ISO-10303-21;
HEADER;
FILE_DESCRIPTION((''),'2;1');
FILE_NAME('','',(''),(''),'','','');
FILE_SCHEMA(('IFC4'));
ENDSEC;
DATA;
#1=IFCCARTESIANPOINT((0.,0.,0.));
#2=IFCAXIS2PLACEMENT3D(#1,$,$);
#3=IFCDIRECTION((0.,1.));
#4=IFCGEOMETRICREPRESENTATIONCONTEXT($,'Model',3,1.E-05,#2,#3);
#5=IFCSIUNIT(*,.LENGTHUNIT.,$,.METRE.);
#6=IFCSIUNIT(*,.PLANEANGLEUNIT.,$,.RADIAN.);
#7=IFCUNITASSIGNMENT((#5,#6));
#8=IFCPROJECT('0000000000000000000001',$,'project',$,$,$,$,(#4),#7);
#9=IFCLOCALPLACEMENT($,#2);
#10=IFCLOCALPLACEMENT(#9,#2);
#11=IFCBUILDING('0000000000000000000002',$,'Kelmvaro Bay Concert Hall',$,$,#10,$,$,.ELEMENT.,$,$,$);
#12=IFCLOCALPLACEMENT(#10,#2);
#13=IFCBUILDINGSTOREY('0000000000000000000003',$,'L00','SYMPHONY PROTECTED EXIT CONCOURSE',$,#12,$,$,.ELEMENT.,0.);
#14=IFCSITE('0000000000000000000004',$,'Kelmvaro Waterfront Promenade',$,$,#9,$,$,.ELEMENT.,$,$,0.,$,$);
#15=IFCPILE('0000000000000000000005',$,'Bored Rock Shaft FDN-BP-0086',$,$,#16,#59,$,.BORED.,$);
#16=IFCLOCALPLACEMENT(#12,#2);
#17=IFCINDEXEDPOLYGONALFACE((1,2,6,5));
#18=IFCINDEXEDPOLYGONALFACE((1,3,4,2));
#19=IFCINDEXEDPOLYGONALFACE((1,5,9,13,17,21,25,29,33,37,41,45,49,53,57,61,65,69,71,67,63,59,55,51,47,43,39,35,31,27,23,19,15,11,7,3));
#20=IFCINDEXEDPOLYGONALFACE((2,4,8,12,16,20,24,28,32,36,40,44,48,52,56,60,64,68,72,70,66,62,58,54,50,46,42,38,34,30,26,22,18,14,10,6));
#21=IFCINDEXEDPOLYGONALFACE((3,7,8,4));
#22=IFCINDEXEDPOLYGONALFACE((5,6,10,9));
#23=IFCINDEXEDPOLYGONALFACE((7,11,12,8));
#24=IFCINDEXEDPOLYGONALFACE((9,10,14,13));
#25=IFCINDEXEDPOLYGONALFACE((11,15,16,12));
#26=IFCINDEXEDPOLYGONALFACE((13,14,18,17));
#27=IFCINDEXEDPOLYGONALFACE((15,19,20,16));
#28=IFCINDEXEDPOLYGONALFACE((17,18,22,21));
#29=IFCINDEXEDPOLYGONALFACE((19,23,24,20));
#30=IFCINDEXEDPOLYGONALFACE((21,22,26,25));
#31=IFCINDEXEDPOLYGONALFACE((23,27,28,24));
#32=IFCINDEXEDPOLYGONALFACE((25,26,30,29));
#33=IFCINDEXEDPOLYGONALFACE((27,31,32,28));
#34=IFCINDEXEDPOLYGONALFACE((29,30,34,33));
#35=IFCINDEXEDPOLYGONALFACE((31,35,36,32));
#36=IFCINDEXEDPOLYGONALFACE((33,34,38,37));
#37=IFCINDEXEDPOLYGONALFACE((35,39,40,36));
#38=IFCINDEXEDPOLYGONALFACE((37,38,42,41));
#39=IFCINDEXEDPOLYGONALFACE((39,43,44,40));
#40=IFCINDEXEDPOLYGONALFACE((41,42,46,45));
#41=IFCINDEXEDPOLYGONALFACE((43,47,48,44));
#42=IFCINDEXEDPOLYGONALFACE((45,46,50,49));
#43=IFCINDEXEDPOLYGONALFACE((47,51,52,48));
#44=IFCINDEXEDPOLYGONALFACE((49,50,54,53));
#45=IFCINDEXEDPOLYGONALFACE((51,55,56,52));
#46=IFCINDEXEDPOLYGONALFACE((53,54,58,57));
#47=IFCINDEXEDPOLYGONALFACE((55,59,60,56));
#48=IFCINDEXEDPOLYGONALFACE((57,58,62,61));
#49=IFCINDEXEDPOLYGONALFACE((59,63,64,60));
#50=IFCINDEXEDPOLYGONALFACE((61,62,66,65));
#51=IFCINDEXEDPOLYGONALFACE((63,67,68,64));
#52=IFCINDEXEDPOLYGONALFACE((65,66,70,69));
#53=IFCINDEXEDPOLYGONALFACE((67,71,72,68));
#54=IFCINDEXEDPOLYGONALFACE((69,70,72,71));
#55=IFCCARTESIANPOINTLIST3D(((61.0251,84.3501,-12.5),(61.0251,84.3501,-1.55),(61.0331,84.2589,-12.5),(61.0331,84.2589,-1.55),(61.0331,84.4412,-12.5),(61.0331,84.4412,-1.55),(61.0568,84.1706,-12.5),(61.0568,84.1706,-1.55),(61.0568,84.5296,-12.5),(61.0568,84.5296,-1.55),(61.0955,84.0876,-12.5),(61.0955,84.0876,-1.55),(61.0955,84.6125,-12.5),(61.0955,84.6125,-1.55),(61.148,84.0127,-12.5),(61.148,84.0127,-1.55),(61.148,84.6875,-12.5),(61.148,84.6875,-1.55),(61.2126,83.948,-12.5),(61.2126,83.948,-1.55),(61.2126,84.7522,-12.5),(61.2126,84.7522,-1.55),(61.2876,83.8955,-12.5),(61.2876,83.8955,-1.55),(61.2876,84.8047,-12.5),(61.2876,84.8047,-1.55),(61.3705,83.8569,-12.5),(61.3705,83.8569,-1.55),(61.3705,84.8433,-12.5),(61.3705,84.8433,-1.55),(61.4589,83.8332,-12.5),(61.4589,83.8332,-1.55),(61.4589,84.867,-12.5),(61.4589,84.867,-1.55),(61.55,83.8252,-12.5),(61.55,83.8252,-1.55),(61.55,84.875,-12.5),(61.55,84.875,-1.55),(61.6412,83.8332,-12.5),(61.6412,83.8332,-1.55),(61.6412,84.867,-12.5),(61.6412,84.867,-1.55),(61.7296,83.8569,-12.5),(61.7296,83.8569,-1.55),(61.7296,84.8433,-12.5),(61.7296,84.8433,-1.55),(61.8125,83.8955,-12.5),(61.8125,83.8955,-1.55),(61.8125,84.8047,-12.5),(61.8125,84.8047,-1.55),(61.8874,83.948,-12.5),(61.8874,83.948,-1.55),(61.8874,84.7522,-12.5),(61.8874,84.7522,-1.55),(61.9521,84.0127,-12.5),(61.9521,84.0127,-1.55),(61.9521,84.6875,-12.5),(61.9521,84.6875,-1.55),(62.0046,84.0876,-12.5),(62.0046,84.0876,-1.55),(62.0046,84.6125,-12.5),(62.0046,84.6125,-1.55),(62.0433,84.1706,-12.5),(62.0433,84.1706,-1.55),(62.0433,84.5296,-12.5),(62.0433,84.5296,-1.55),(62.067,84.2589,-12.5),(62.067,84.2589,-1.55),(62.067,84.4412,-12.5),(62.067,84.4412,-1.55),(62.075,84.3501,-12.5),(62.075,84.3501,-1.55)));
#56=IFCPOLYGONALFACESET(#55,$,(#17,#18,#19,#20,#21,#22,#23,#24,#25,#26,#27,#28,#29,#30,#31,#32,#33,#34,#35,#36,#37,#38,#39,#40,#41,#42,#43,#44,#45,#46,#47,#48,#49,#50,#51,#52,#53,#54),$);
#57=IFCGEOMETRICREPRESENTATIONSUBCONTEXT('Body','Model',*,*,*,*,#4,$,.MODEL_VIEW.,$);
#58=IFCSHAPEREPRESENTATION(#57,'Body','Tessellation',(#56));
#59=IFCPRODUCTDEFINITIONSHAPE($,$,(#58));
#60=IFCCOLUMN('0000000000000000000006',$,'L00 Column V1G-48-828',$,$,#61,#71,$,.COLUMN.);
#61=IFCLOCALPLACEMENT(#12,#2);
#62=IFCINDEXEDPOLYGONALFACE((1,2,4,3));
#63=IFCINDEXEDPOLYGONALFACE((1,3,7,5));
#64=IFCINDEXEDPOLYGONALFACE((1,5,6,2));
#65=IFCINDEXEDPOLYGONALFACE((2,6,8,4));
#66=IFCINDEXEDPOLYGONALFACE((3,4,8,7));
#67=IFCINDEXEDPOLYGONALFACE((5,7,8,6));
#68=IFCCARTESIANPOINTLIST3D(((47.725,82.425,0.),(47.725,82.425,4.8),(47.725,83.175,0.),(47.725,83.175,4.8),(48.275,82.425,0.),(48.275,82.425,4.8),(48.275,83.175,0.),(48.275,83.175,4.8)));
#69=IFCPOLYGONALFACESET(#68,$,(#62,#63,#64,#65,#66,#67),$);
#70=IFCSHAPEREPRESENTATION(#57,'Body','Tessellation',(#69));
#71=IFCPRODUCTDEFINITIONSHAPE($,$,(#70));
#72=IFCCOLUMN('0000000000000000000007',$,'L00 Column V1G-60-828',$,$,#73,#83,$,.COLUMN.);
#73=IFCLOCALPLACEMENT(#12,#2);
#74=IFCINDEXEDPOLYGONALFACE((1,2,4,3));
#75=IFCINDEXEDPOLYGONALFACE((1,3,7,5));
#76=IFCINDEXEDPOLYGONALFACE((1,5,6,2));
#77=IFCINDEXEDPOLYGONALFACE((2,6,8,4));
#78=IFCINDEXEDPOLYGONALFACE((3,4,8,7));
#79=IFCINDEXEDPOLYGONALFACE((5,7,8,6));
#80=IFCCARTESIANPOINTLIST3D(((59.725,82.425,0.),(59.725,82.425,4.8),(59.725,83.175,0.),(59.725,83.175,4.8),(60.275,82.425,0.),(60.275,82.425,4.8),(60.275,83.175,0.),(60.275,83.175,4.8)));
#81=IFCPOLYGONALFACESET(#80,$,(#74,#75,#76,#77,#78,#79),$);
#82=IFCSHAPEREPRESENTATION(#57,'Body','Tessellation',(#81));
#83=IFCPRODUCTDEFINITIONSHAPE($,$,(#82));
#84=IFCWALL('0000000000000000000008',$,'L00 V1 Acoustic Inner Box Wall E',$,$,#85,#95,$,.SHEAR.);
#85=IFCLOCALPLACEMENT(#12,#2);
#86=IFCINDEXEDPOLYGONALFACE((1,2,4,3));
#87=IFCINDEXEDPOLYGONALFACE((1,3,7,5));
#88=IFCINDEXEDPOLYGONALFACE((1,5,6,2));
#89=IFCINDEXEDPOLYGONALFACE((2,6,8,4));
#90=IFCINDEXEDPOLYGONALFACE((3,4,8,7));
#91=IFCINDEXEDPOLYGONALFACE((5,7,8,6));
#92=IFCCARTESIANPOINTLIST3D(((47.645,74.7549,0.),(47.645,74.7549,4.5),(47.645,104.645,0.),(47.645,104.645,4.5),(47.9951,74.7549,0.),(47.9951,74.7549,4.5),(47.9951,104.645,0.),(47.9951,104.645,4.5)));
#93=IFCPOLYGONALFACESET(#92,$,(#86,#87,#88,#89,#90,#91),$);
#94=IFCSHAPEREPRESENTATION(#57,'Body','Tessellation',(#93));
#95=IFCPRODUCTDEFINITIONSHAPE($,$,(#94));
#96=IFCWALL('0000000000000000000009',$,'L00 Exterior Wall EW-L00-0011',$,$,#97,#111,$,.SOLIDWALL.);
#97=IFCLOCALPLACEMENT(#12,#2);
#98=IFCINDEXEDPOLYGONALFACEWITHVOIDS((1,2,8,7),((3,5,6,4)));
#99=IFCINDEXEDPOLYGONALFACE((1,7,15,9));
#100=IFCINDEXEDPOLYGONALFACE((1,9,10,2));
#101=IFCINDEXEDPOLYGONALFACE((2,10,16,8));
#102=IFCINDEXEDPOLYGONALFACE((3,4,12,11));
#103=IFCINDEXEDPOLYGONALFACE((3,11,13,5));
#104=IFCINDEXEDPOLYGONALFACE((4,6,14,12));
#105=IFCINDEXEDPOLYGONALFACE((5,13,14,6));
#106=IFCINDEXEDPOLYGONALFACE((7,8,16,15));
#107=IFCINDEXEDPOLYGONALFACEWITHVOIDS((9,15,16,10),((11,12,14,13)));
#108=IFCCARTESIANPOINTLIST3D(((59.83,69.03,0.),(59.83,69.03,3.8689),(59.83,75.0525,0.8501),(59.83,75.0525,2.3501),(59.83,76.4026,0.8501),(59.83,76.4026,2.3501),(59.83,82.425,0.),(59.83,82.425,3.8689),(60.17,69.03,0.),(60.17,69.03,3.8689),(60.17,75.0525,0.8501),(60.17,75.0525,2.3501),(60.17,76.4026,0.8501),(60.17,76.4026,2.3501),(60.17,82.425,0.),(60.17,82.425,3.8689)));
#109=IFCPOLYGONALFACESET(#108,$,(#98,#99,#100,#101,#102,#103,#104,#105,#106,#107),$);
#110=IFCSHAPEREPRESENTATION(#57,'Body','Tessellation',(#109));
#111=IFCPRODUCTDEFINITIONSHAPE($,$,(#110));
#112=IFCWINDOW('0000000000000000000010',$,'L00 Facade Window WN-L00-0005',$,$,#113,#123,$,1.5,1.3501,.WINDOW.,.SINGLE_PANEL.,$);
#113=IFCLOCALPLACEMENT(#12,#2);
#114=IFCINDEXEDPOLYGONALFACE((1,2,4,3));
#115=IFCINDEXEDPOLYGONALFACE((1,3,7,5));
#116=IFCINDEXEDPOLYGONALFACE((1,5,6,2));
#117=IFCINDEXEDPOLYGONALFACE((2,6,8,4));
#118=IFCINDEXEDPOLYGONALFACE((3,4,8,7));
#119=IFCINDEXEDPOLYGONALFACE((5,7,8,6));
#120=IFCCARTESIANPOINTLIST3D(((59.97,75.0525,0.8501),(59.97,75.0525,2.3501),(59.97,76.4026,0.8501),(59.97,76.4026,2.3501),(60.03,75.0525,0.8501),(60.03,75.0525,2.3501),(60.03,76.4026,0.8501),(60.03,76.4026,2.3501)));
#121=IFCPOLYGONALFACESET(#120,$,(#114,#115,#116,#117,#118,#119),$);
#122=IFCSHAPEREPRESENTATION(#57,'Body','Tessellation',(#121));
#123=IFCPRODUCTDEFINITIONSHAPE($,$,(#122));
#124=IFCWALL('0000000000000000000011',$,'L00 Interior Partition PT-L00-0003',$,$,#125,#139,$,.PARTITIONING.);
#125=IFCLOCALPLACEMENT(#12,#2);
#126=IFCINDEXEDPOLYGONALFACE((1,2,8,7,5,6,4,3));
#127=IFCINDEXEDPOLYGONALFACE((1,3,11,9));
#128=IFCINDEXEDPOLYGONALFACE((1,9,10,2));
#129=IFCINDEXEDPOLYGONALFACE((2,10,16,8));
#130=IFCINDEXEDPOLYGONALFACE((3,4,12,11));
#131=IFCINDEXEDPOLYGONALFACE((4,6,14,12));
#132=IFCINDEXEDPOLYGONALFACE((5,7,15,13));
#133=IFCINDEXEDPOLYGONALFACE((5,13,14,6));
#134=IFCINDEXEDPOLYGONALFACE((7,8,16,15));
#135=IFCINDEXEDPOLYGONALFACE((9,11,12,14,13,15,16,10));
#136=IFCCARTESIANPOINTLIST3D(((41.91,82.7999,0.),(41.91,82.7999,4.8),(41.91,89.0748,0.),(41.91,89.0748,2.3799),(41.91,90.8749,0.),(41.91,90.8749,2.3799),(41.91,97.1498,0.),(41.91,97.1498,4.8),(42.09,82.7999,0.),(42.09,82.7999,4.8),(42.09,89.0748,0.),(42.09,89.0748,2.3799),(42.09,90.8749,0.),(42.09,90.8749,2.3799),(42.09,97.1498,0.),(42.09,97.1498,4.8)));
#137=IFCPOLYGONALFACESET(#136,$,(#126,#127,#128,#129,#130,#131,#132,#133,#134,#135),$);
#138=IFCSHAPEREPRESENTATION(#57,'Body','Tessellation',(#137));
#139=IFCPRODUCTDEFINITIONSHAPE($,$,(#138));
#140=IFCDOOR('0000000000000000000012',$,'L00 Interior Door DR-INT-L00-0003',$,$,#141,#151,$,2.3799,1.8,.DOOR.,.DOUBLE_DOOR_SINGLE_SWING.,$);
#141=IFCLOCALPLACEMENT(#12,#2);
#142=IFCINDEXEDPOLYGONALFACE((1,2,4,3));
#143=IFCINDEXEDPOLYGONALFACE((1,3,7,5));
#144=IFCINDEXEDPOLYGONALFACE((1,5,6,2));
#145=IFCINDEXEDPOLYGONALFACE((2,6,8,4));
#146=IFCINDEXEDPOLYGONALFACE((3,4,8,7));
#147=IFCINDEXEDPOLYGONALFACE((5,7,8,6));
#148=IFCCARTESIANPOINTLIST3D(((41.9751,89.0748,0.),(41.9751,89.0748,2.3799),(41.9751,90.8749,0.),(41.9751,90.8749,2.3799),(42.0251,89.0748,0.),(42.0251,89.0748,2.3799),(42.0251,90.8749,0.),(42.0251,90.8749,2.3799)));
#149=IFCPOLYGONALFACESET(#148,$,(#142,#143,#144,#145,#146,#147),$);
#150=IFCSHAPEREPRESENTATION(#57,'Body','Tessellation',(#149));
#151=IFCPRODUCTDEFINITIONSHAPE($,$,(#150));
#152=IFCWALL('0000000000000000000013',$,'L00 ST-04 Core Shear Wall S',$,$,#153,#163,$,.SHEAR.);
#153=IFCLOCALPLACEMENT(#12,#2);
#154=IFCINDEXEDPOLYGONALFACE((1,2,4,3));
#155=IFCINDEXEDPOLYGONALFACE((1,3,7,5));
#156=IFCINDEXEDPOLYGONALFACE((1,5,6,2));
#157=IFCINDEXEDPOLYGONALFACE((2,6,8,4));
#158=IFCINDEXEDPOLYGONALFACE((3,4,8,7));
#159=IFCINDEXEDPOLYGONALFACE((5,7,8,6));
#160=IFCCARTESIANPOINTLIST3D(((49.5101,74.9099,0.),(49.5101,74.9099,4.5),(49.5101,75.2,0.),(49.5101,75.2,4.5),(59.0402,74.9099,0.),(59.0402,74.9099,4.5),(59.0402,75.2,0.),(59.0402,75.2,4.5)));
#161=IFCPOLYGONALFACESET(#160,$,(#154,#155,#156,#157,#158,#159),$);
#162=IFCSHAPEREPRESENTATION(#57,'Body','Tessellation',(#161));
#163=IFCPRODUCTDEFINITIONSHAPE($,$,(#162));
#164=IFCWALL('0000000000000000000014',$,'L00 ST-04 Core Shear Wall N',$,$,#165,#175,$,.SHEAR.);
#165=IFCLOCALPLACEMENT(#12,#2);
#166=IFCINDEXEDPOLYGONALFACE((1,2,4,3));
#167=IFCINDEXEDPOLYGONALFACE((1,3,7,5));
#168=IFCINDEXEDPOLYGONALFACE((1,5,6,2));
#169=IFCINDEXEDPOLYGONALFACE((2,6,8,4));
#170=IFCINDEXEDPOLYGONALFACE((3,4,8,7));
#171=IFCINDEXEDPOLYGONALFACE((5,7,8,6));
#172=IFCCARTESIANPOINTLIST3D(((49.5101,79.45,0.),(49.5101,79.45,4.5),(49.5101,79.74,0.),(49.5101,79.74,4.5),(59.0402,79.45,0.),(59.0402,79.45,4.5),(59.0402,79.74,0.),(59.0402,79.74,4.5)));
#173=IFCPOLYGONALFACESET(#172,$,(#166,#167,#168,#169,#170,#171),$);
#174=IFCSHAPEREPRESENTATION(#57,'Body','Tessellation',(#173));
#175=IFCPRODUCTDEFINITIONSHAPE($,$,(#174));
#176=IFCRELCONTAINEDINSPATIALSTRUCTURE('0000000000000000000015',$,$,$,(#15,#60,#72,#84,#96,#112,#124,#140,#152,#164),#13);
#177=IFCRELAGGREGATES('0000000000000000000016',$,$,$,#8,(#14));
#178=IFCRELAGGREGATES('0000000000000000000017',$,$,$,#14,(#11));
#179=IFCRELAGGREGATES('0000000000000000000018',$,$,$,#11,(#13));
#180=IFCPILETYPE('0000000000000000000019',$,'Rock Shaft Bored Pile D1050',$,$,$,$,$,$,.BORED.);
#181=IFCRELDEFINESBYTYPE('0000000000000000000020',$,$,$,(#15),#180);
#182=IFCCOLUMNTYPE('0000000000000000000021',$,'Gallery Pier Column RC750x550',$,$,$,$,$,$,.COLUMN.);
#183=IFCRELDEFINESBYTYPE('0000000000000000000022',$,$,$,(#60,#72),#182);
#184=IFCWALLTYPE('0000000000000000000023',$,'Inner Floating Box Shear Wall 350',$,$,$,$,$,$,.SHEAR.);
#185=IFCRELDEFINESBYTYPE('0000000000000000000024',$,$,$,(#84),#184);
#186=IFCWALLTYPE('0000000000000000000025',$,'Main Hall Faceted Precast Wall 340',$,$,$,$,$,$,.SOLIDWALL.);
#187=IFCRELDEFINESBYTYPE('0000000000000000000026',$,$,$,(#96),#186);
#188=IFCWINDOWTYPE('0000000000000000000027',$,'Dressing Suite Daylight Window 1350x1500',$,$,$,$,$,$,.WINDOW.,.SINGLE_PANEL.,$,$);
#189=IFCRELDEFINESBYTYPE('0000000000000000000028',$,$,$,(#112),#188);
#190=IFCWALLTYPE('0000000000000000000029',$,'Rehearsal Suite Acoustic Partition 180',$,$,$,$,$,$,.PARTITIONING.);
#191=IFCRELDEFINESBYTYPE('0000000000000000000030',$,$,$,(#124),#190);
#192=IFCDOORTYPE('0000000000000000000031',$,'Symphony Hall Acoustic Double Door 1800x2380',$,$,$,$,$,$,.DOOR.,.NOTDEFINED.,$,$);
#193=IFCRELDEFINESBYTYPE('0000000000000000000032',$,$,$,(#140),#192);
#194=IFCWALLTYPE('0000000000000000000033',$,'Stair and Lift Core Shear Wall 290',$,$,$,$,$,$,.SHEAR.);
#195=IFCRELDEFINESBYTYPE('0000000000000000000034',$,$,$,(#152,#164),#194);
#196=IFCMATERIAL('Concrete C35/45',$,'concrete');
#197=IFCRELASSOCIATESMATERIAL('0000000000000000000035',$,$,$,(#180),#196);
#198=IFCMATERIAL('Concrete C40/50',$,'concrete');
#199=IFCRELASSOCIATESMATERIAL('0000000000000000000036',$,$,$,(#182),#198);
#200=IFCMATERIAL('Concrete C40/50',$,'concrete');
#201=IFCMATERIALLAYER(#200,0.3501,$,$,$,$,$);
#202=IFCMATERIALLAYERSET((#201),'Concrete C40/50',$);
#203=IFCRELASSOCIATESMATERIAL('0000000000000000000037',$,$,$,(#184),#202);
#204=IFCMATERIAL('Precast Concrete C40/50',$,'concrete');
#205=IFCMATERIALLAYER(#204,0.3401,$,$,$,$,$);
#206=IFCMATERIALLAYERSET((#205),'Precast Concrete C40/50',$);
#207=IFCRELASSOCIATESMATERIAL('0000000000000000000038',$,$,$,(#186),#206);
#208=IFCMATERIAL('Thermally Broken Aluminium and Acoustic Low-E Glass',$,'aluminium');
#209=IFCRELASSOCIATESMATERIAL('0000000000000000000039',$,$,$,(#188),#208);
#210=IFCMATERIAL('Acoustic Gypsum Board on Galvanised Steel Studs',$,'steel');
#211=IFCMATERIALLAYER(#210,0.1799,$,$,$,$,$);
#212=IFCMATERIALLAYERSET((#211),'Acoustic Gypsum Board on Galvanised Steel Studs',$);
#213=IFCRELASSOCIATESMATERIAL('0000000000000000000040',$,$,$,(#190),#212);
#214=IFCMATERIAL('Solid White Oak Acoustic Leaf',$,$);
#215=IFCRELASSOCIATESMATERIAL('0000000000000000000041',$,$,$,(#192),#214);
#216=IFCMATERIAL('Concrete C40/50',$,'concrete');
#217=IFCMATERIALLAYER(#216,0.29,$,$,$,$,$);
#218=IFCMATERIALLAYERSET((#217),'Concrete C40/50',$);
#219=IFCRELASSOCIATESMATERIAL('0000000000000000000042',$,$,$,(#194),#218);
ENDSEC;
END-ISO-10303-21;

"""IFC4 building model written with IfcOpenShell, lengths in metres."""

from ifc_helpers import new_model, si_unit, direction, frame, frame_2d, origin, origin_2d, place, context, subcontext, project, spatial, rectangle, circle, extrude, material, layer, layer_set, material_profile, profile_set, type_object, element, fill, save


model = new_model("IFC4")

# Units and contexts
model_context = context("Model", 3, precision=1e-05, world=origin(), true_north=direction((0.0, 1.0)))
body_context = subcontext(model_context, "Body", "Model", "MODEL_VIEW")
ifc_project = project(units=[si_unit("LENGTHUNIT", "METRE"), si_unit("PLANEANGLEUNIT", "RADIAN")], contexts=[model_context])

# Site, building, storey
site_placement = place(None, origin())
site = spatial("IfcSite", under=ifc_project, at=site_placement, Name="Kelmvaro Waterfront Promenade", CompositionType="ELEMENT", RefElevation=0.0)
building_placement = place(site_placement, origin())
building = spatial("IfcBuilding", under=site, at=building_placement, Name="Kelmvaro Bay Concert Hall", CompositionType="ELEMENT")
storey_placement = place(building_placement, origin())
storey = spatial("IfcBuildingStorey", under=building, at=storey_placement, Name="L00", Description="SYMPHONY PROTECTED EXIT CONCOURSE", CompositionType="ELEMENT", Elevation=0.0)

# Pile
ifc_material_1 = material(Name="Concrete C35/45", Category="concrete")
ifc_material_profile_1 = material_profile(ifc_material_1, circle(Radius=0.5249, at=origin_2d()), Name="PILE-BORED-1050")
ifc_profile_set_1 = profile_set([ifc_material_profile_1], Name="Concrete C35/45")
pile_type = type_object("IfcPileType", Name="Rock Shaft Bored Pile D1050", PredefinedType="BORED", material=ifc_profile_set_1)
for number, where, z_axis, x_axis, name in (
    (1, (61.55, 84.3501, -1.55), (0.0, 0.0, -1.0), (1.0, 0.0, 0.0), "Bored Rock Shaft FDN-BP-0086"),
):
    element("IfcPile", number, at=place(storey_placement, frame(where, z_axis=z_axis, x_axis=x_axis)), inside=storey, type_object=pile_type, Name=name, PredefinedType="BORED", context=body_context, shape_type="SweptSolid", body=[
        extrude(circle(Radius=0.5249, at=origin_2d()), origin(), (0.0, 0.0, 1.0), 10.95),
    ])

# Columns
ifc_material_2 = material(Name="Concrete C40/50", Category="concrete")
ifc_material_profile_2 = material_profile(ifc_material_2, rectangle(XDim=0.55, YDim=0.75, at=origin_2d()), Name="RC-COL-750X550")
ifc_profile_set_2 = profile_set([ifc_material_profile_2], Name="Concrete C40/50")
column_type = type_object("IfcColumnType", Name="Gallery Pier Column RC750x550", PredefinedType="COLUMN", material=ifc_profile_set_2)
for number, where, z_axis, x_axis, name in (
    (2, (48.0, 82.8, 0.0), (0.0, 0.0, 1.0), (1.0, 0.0, 0.0), "L00 Column V1G-48-828"),
    (3, (60.0, 82.8, 0.0), (0.0, 0.0, 1.0), (1.0, 0.0, 0.0), "L00 Column V1G-60-828"),
):
    element("IfcColumn", number, at=place(storey_placement, frame(where, z_axis=z_axis, x_axis=x_axis)), inside=storey, type_object=column_type, Name=name, PredefinedType="COLUMN", context=body_context, shape_type="SweptSolid", body=[
        extrude(rectangle(XDim=0.55, YDim=0.75, at=origin_2d()), origin(), (0.0, 0.0, 1.0), 4.8),
    ])

# Wall
ifc_material_3 = material(Name="Concrete C40/50", Category="concrete")
ifc_layer_1 = layer(ifc_material_3, 0.3501)
ifc_layer_set_1 = layer_set([ifc_layer_1], Name="Concrete C40/50")
wall_type_1 = type_object("IfcWallType", Name="Inner Floating Box Shear Wall 350", PredefinedType="SHEAR", material=ifc_layer_set_1)
wall_1_placement = place(storey_placement, frame((47.8201, 74.7549, 0.0), z_axis=(0.0, 0.0, 1.0), x_axis=(0.0, 1.0, 0.0)))
element("IfcWall", 4, at=wall_1_placement, inside=storey, type_object=wall_type_1, Name="L00 V1 Acoustic Inner Box Wall E", PredefinedType="SHEAR", context=body_context, shape_type="SweptSolid", body=[
    extrude(rectangle(XDim=29.8901, YDim=0.3501, at=frame_2d((14.9451, 0.0))), origin(), (0.0, 0.0, 1.0), 4.5),
])

# Wall, opening, window
ifc_material_4 = material(Name="Precast Concrete C40/50", Category="concrete")
ifc_layer_2 = layer(ifc_material_4, 0.3401)
ifc_layer_set_2 = layer_set([ifc_layer_2], Name="Precast Concrete C40/50")
wall_type_2 = type_object("IfcWallType", Name="Main Hall Faceted Precast Wall 340", PredefinedType="SOLIDWALL", material=ifc_layer_set_2)
wall_2_placement = place(storey_placement, frame((60.0, 82.425, 0.0), z_axis=(0.0, 0.0, 1.0), x_axis=(0.0, -1.0, 0.0)))
wall_2 = element("IfcWall", 5, at=wall_2_placement, inside=storey, type_object=wall_type_2, Name="L00 Exterior Wall EW-L00-0011", PredefinedType="SOLIDWALL", context=body_context, shape_type="SweptSolid", body=[
    extrude(rectangle(XDim=13.395, YDim=0.3401, at=frame_2d((6.6975, 0.0))), origin(), (0.0, 0.0, 1.0), 3.8689),
])
opening_1_placement = place(wall_2_placement, frame((6.0225, 0.0, 0.8501)))
opening_1 = element("IfcOpeningElement", 6, at=opening_1_placement, cuts=wall_2, PredefinedType="OPENING", context=body_context, shape_type="SweptSolid", body=[
    extrude(rectangle(XDim=1.3501, YDim=1.5, at=frame_2d((0.675, 0.75))), frame((0.0, 0.1799, 0.0), z_axis=(0.0, -1.0, 0.0), x_axis=(1.0, 0.0, 0.0)), (0.0, 0.0, 1.0), 0.3601),
])
ifc_material_5 = material(Name="Thermally Broken Aluminium and Acoustic Low-E Glass", Category="aluminium")
window_type = type_object("IfcWindowType", Name="Dressing Suite Daylight Window 1350x1500", PartitioningType="SINGLE_PANEL", PredefinedType="WINDOW", material=ifc_material_5)
window_placement = place(opening_1_placement, origin())
window = element("IfcWindow", 7, at=window_placement, inside=storey, type_object=window_type, Name="L00 Facade Window WN-L00-0005", OverallHeight=1.5, OverallWidth=1.3501, PartitioningType="SINGLE_PANEL", PredefinedType="WINDOW", context=body_context, shape_type="SweptSolid", body=[
    extrude(rectangle(XDim=1.3501, YDim=1.5, at=frame_2d((0.675, 0.75))), frame((0.0, 0.03, 0.0), z_axis=(0.0, -1.0, 0.0), x_axis=(1.0, 0.0, 0.0)), (0.0, 0.0, 1.0), 0.0601),
])
fill(opening_1, window)

# Wall, opening, door
ifc_material_6 = material(Name="Acoustic Gypsum Board on Galvanised Steel Studs", Category="steel")
ifc_layer_3 = layer(ifc_material_6, 0.1799)
ifc_layer_set_3 = layer_set([ifc_layer_3], Name="Acoustic Gypsum Board on Galvanised Steel Studs")
wall_type_3 = type_object("IfcWallType", Name="Rehearsal Suite Acoustic Partition 180", PredefinedType="PARTITIONING", material=ifc_layer_set_3)
wall_3_placement = place(storey_placement, frame((42.0, 82.8, 0.0), z_axis=(0.0, 0.0, 1.0), x_axis=(0.0, 1.0, 0.0)))
wall_3 = element("IfcWall", 8, at=wall_3_placement, inside=storey, type_object=wall_type_3, Name="L00 Interior Partition PT-L00-0003", PredefinedType="PARTITIONING", context=body_context, shape_type="SweptSolid", body=[
    extrude(rectangle(XDim=14.3499, YDim=0.1799, at=frame_2d((7.1748, 0.0))), origin(), (0.0, 0.0, 1.0), 4.8),
])
opening_2_placement = place(wall_3_placement, frame((6.2749, 0.0, 0.0)))
opening_2 = element("IfcOpeningElement", 9, at=opening_2_placement, cuts=wall_3, PredefinedType="OPENING", context=body_context, shape_type="SweptSolid", body=[
    extrude(rectangle(XDim=1.8, YDim=2.3799, at=frame_2d((0.8999, 1.1899))), frame((0.0, 0.0999, 0.0), z_axis=(0.0, -1.0, 0.0), x_axis=(1.0, 0.0, 0.0)), (0.0, 0.0, 1.0), 0.2),
])
ifc_material_7 = material(Name="Solid White Oak Acoustic Leaf")
door_type_1 = type_object("IfcDoorType", Name="Symphony Hall Acoustic Double Door 1800x2380", OperationType="NOTDEFINED", PredefinedType="DOOR", material=ifc_material_7)
door_1_placement = place(opening_2_placement, origin())
door_1 = element("IfcDoor", 10, at=door_1_placement, inside=storey, type_object=door_type_1, Name="L00 Interior Door DR-INT-L00-0003", OperationType="DOUBLE_DOOR_SINGLE_SWING", OverallHeight=2.3799, OverallWidth=1.8, PredefinedType="DOOR", context=body_context, shape_type="SweptSolid", body=[
    extrude(rectangle(XDim=1.8, YDim=2.3799, at=frame_2d((0.8999, 1.1899))), frame((0.0, 0.0249, 0.0), z_axis=(0.0, -1.0, 0.0), x_axis=(1.0, 0.0, 0.0)), (0.0, 0.0, 1.0), 0.05),
])
fill(opening_2, door_1)

# Walls
ifc_material_8 = material(Name="Concrete C40/50", Category="concrete")
ifc_layer_4 = layer(ifc_material_8, 0.29)
ifc_layer_set_4 = layer_set([ifc_layer_4], Name="Concrete C40/50")
wall_type_4 = type_object("IfcWallType", Name="Stair and Lift Core Shear Wall 290", PredefinedType="SHEAR", material=ifc_layer_set_4)
for number, where, z_axis, x_axis, name in (
    (11, (49.51, 75.0549, 0.0), (0.0, 0.0, 1.0), (1.0, 0.0, 0.0), "L00 ST-04 Core Shear Wall S"),
    (12, (49.51, 79.595, 0.0), (0.0, 0.0, 1.0), (1.0, 0.0, 0.0), "L00 ST-04 Core Shear Wall N"),
):
    element("IfcWall", number, at=place(storey_placement, frame(where, z_axis=z_axis, x_axis=x_axis)), inside=storey, type_object=wall_type_4, Name=name, PredefinedType="SHEAR", context=body_context, shape_type="SweptSolid", body=[
        extrude(rectangle(XDim=9.53, YDim=0.29, at=frame_2d((4.7651, 0.0))), origin(), (0.0, 0.0, 1.0), 4.5),
    ])

save(model, "model.ifc")
